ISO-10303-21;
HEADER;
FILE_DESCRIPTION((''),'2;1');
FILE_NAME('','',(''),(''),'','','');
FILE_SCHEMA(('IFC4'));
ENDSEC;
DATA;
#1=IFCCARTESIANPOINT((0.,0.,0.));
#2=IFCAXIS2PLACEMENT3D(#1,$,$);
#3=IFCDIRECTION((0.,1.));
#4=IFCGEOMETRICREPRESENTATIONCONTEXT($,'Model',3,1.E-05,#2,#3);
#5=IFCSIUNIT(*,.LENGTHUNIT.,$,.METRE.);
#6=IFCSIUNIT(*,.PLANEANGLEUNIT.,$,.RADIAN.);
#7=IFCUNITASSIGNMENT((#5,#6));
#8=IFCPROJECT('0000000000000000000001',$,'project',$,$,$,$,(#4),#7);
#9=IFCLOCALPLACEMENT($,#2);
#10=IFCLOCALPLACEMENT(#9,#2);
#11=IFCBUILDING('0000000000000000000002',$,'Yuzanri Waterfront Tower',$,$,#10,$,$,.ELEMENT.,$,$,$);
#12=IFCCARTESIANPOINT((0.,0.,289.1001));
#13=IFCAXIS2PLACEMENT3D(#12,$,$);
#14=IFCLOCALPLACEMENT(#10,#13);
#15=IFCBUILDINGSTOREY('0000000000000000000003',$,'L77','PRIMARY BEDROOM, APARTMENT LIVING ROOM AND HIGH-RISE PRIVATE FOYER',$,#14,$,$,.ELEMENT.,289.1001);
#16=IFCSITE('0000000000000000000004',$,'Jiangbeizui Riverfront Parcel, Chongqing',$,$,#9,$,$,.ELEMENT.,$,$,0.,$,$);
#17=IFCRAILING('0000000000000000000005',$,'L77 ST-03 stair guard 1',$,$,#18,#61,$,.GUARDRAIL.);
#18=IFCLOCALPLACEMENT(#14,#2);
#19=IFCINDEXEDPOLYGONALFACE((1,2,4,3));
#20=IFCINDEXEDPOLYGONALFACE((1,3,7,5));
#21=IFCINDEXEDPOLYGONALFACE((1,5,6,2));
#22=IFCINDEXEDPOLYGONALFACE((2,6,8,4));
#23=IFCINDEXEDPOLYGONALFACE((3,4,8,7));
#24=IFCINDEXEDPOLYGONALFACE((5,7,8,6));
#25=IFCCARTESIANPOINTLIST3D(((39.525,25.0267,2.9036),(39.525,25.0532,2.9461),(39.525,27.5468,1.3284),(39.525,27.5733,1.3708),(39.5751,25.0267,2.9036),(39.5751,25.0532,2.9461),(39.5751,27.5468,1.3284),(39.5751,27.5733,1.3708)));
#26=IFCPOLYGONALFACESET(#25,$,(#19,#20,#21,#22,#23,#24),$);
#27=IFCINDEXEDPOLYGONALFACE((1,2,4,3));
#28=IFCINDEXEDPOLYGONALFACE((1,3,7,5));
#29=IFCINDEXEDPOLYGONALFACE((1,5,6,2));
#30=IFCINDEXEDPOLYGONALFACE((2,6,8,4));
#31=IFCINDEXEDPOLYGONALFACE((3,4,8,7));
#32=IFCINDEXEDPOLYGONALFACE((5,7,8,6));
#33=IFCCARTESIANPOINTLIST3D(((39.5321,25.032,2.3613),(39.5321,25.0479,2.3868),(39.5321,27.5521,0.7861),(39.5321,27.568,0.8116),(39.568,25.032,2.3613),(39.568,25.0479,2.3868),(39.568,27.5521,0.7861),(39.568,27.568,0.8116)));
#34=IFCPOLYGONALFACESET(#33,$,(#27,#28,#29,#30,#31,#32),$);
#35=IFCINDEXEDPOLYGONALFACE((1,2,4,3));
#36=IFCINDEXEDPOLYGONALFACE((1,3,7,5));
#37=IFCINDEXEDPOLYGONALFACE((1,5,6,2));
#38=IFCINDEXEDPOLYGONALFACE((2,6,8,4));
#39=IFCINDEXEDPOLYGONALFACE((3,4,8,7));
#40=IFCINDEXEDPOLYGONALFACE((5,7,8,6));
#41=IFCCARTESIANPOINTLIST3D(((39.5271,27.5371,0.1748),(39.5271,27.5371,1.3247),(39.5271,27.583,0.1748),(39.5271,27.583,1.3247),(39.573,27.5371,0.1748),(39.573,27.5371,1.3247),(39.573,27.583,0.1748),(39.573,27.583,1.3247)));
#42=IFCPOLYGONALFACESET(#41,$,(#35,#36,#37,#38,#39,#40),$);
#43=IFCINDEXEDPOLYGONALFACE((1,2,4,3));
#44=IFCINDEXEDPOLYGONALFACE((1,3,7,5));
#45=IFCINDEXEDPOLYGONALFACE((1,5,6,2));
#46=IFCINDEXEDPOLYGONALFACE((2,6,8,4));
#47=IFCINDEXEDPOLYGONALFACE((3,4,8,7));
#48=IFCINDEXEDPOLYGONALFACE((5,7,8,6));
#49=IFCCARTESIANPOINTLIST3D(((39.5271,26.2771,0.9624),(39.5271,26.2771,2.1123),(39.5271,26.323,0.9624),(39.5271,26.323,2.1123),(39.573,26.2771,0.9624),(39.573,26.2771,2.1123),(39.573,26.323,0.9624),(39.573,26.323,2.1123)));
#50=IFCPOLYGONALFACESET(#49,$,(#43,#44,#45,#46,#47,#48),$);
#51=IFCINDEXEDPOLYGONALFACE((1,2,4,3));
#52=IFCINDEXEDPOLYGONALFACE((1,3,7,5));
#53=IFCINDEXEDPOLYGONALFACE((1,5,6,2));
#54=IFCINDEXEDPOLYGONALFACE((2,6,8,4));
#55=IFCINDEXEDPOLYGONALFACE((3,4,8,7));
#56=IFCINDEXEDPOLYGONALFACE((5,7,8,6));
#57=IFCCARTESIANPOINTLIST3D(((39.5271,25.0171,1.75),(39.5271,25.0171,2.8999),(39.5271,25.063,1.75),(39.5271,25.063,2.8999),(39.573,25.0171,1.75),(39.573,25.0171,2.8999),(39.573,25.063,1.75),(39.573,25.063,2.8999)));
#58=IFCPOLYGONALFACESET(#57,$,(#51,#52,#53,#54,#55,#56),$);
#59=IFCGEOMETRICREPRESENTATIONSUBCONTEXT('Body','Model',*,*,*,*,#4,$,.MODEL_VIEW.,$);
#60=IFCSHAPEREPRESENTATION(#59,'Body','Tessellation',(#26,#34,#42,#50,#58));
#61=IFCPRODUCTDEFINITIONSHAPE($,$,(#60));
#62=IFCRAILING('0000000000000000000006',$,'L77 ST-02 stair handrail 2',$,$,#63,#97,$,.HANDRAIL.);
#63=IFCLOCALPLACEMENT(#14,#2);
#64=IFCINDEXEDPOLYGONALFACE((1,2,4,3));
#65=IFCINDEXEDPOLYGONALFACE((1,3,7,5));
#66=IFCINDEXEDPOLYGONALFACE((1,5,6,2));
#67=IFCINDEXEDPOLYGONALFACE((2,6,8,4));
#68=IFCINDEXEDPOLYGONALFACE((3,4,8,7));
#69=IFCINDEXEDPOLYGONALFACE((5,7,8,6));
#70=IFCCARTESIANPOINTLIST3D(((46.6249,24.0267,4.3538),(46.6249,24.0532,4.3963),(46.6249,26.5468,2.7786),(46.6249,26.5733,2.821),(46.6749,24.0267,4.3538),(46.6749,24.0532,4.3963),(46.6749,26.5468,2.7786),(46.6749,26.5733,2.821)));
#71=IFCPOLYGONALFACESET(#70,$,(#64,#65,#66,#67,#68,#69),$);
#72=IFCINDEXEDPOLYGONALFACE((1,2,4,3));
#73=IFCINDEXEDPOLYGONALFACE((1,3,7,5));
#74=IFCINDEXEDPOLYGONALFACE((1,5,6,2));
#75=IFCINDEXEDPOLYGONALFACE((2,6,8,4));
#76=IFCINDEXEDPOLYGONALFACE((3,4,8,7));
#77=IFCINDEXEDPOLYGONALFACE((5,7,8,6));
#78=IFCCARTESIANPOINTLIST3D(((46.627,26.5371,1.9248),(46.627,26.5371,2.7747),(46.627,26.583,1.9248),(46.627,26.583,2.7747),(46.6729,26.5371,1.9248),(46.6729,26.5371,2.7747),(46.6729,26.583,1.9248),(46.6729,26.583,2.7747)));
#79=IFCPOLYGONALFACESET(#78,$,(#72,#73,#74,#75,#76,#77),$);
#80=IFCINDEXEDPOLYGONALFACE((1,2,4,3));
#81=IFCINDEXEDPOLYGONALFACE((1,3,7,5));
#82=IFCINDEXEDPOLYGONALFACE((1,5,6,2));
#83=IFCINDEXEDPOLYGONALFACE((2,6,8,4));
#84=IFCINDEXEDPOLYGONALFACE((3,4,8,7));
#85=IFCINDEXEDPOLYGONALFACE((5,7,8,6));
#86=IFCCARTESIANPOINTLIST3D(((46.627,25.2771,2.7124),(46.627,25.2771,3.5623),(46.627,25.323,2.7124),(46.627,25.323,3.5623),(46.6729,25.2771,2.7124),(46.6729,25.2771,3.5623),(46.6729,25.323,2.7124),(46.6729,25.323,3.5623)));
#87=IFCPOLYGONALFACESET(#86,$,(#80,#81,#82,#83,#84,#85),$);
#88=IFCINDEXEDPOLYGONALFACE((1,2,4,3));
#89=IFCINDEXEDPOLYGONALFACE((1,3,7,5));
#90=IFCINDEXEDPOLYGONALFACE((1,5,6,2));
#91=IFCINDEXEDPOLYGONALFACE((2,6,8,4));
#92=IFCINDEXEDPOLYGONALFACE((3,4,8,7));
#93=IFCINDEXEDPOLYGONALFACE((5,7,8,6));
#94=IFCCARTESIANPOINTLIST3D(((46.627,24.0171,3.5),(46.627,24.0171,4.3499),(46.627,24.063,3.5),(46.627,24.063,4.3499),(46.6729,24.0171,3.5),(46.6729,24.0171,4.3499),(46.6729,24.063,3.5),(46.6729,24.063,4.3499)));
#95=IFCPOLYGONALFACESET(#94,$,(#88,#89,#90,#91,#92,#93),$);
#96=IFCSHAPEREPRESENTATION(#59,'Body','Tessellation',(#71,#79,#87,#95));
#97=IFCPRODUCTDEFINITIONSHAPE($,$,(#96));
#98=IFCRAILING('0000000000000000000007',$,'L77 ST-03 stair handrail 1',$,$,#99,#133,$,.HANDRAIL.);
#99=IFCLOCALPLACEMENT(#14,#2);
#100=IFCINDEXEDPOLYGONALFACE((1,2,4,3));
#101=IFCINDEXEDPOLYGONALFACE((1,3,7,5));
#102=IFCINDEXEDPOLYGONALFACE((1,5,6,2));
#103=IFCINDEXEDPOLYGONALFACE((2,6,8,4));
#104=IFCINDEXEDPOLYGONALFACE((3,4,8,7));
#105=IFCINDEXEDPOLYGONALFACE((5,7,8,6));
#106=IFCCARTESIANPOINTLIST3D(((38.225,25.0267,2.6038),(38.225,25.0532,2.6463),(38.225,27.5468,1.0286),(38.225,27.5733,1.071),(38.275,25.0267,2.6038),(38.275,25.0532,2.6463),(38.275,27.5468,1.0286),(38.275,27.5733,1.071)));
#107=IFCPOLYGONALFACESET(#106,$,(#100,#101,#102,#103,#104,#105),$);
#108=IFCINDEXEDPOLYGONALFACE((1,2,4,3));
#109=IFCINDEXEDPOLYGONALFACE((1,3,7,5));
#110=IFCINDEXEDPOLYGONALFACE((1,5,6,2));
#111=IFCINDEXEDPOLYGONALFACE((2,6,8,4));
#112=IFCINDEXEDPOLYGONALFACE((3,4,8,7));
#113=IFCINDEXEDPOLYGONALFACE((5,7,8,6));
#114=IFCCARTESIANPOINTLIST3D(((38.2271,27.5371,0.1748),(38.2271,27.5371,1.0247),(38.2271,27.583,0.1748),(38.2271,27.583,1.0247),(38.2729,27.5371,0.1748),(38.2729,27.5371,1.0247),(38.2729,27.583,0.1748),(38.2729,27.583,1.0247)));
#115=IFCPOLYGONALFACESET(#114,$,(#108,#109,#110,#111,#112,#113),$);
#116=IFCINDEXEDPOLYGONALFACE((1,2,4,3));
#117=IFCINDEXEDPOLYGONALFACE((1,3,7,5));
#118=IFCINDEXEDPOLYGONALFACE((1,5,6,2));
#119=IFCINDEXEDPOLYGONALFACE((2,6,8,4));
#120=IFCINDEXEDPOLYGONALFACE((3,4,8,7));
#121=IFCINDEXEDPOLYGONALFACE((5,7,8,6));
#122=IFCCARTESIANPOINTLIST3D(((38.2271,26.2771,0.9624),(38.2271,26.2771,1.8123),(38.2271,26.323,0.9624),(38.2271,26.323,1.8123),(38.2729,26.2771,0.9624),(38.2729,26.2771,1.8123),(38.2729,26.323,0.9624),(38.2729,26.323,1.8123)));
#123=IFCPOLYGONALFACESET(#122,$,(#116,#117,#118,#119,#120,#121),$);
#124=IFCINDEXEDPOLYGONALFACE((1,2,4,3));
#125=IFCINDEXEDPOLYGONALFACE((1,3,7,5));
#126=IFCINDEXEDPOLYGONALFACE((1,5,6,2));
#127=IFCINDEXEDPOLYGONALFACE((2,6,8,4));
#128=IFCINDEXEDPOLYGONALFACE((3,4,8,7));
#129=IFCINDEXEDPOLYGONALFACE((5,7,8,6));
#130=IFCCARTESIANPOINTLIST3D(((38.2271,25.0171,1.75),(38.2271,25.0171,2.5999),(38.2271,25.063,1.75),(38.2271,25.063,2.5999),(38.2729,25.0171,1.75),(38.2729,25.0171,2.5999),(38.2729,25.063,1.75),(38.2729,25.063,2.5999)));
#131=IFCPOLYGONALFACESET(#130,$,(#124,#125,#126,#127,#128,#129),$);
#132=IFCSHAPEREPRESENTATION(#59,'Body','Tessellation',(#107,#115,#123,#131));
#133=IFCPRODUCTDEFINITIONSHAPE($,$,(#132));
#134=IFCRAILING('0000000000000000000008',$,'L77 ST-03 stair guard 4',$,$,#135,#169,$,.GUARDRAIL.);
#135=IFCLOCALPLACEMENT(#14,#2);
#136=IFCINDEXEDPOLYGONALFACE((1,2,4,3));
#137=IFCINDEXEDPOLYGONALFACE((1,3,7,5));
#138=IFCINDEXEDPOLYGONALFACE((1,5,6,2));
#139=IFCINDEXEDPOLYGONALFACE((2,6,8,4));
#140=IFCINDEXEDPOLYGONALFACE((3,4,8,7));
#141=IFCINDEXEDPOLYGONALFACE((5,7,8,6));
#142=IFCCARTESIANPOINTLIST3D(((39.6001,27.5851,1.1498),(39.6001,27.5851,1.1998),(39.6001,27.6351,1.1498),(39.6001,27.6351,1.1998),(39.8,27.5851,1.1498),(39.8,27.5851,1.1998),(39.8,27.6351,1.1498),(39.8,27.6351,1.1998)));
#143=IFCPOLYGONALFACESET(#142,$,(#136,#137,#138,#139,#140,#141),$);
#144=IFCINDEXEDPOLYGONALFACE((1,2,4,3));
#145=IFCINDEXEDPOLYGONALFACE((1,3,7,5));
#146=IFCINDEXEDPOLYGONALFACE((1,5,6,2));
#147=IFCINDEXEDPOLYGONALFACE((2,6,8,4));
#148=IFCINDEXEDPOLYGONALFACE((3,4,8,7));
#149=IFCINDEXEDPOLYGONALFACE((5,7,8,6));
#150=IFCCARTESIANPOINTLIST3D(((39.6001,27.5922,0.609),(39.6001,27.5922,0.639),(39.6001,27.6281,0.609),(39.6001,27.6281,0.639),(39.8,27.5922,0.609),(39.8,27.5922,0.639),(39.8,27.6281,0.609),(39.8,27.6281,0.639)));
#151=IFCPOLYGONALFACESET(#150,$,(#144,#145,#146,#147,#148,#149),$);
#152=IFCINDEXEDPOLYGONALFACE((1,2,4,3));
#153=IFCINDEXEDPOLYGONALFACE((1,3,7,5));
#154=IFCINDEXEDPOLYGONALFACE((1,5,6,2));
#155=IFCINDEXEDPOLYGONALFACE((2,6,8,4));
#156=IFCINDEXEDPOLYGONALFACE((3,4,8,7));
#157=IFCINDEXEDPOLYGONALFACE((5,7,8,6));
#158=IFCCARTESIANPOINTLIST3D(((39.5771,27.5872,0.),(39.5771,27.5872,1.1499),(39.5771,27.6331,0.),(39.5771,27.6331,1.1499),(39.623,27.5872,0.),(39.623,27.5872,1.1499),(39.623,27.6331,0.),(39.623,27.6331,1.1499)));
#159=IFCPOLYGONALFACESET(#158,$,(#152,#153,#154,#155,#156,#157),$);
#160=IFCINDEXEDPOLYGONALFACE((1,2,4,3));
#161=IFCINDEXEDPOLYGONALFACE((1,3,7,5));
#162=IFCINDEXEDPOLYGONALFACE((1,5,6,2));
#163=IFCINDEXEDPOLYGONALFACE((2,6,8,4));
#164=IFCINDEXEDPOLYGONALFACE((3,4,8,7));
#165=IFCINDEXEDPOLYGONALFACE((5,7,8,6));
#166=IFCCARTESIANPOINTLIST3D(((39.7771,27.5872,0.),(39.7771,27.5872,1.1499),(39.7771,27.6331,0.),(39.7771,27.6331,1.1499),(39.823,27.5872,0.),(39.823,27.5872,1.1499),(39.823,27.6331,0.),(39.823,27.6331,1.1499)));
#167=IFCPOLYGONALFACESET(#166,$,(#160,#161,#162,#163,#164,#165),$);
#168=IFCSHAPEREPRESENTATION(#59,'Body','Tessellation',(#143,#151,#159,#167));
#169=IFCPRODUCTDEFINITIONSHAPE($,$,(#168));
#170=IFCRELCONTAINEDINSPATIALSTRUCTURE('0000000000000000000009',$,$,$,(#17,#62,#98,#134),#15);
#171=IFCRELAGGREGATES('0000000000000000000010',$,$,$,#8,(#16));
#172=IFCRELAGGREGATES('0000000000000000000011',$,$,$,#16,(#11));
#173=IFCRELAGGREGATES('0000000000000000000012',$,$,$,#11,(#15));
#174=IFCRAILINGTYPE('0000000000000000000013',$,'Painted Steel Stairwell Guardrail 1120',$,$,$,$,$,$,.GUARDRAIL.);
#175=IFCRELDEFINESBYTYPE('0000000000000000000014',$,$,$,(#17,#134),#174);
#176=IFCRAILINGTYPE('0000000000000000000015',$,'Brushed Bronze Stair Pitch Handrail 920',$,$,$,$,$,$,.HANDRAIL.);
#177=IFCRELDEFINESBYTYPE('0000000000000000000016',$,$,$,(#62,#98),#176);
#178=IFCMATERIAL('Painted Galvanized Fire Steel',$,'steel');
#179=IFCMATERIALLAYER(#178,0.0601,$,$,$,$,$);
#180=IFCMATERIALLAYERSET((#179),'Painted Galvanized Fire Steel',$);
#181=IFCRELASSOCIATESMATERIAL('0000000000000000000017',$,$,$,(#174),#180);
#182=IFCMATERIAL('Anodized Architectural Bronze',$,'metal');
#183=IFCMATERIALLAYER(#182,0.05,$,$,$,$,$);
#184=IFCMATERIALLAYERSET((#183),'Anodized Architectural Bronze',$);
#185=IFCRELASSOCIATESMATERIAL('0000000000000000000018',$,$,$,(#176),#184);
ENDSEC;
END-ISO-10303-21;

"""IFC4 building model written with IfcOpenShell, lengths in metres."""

from ifc_helpers import new_model, si_unit, direction, frame, origin, origin_2d, place, context, subcontext, project, spatial, rectangle, extrude, source, transform, mapped, material, layer, layer_set, type_object, element, save


model = new_model("IFC4")

# Units and contexts
model_context = context("Model", 3, precision=1e-05, world=origin(), true_north=direction((0.0, 1.0)))
body_context = subcontext(model_context, "Body", "Model", "MODEL_VIEW")
ifc_project = project(units=[si_unit("LENGTHUNIT", "METRE"), si_unit("PLANEANGLEUNIT", "RADIAN")], contexts=[model_context])

# Site, building, storey
site_placement = place(None, origin())
site = spatial("IfcSite", under=ifc_project, at=site_placement, Name="Jiangbeizui Riverfront Parcel, Chongqing", CompositionType="ELEMENT", RefElevation=0.0)
building_placement = place(site_placement, origin())
building = spatial("IfcBuilding", under=site, at=building_placement, Name="Yuzanri Waterfront Tower", CompositionType="ELEMENT")
storey_placement = place(building_placement, frame((0.0, 0.0, 289.1001)))
storey = spatial("IfcBuildingStorey", under=building, at=storey_placement, Name="L77", Description="PRIMARY BEDROOM, APARTMENT LIVING ROOM AND HIGH-RISE PRIVATE FOYER", CompositionType="ELEMENT", Elevation=289.1001)

# Railings
ifc_material_1 = material(Name="Painted Galvanized Fire Steel", Category="steel")
ifc_layer_1 = layer(ifc_material_1, 0.0601)
ifc_layer_set_1 = layer_set([ifc_layer_1], Name="Painted Galvanized Fire Steel")
railing_type_1 = type_object("IfcRailingType", Name="Painted Steel Stairwell Guardrail 1120", PredefinedType="GUARDRAIL", material=ifc_layer_set_1)
shared_shape_1 = source(origin(), body_context, "Body", "SweptSolid", [
    extrude(rectangle(XDim=0.05, YDim=0.05, at=origin_2d()), frame((0.0, 0.0, 1.1748), z_axis=(0.0, -0.847971, 0.530043), x_axis=(1.0, 0.0, 0.0)), (0.0, 0.0, 1.0), 2.9719),
    extrude(rectangle(XDim=0.0359, YDim=0.03, at=origin_2d()), frame((0.0, 0.0, 0.624), z_axis=(0.0, -0.847971, 0.530043), x_axis=(1.0, 0.0, 0.0)), (0.0, 0.0, 1.0), 2.9719),
    extrude(rectangle(XDim=0.0459, YDim=0.0459, at=origin_2d()), origin(), (0.0, 0.0, 1.0), 1.1499),
    extrude(rectangle(XDim=0.0459, YDim=0.0459, at=origin_2d()), frame((0.0, -1.26, 0.7876)), (0.0, 0.0, 1.0), 1.1499),
    extrude(rectangle(XDim=0.0459, YDim=0.0459, at=origin_2d()), frame((0.0, -2.52, 1.5752)), (0.0, 0.0, 1.0), 1.1499),
])
for number, where, name in (
    (1, (39.55, 27.5601, 0.1748), "L77 ST-03 stair guard 1"),
):
    element("IfcRailing", number, at=place(storey_placement, frame(where)), inside=storey, type_object=railing_type_1, Name=name, PredefinedType="GUARDRAIL", context=body_context, shape_type="MappedRepresentation", body=[
        mapped(shared_shape_1, transform((0.0, 0.0, 0.0), scale=1.0)),
    ])
ifc_material_2 = material(Name="Anodized Architectural Bronze", Category="metal")
ifc_layer_2 = layer(ifc_material_2, 0.05)
ifc_layer_set_2 = layer_set([ifc_layer_2], Name="Anodized Architectural Bronze")
railing_type_2 = type_object("IfcRailingType", Name="Brushed Bronze Stair Pitch Handrail 920", PredefinedType="HANDRAIL", material=ifc_layer_set_2)
shared_shape_2 = source(origin(), body_context, "Body", "SweptSolid", [
    extrude(rectangle(XDim=0.05, YDim=0.05, at=origin_2d()), frame((0.0, 0.0, 0.875), z_axis=(0.0, -0.847971, 0.530043), x_axis=(1.0, 0.0, 0.0)), (0.0, 0.0, 1.0), 2.9719),
    extrude(rectangle(XDim=0.0459, YDim=0.0459, at=origin_2d()), origin(), (0.0, 0.0, 1.0), 0.8499),
    extrude(rectangle(XDim=0.0459, YDim=0.0459, at=origin_2d()), frame((0.0, -1.26, 0.7876)), (0.0, 0.0, 1.0), 0.8499),
    extrude(rectangle(XDim=0.0459, YDim=0.0459, at=origin_2d()), frame((0.0, -2.52, 1.5752)), (0.0, 0.0, 1.0), 0.8499),
])
for number, where, name in (
    (2, (46.6499, 26.5601, 1.9248), "L77 ST-02 stair handrail 2"),
    (3, (38.25, 27.5601, 0.1748), "L77 ST-03 stair handrail 1"),
):
    element("IfcRailing", number, at=place(storey_placement, frame(where)), inside=storey, type_object=railing_type_2, Name=name, PredefinedType="HANDRAIL", context=body_context, shape_type="MappedRepresentation", body=[
        mapped(shared_shape_2, transform((0.0, 0.0, 0.0), scale=1.0)),
    ])
shared_shape_3 = source(origin(), body_context, "Body", "SweptSolid", [
    extrude(rectangle(XDim=0.05, YDim=0.05, at=origin_2d()), frame((0.0, 0.0, 1.1748), z_axis=(1.0, 0.0, 0.0), x_axis=(0.0, 1.0, 0.0)), (0.0, 0.0, 1.0), 0.2),
    extrude(rectangle(XDim=0.0359, YDim=0.03, at=origin_2d()), frame((0.0, 0.0, 0.624), z_axis=(1.0, 0.0, 0.0), x_axis=(0.0, 1.0, 0.0)), (0.0, 0.0, 1.0), 0.2),
    extrude(rectangle(XDim=0.0459, YDim=0.0459, at=origin_2d()), origin(), (0.0, 0.0, 1.0), 1.1499),
    extrude(rectangle(XDim=0.0459, YDim=0.0459, at=origin_2d()), frame((0.2, 0.0, 0.0)), (0.0, 0.0, 1.0), 1.1499),
])
railing_1_placement = place(storey_placement, frame((39.6001, 27.6101, 0.0)))
element("IfcRailing", 4, at=railing_1_placement, inside=storey, type_object=railing_type_1, Name="L77 ST-03 stair guard 4", PredefinedType="GUARDRAIL", context=body_context, shape_type="MappedRepresentation", body=[
    mapped(shared_shape_3, transform((0.0, 0.0, 0.0), scale=1.0)),
])

save(model, "model.ifc")
